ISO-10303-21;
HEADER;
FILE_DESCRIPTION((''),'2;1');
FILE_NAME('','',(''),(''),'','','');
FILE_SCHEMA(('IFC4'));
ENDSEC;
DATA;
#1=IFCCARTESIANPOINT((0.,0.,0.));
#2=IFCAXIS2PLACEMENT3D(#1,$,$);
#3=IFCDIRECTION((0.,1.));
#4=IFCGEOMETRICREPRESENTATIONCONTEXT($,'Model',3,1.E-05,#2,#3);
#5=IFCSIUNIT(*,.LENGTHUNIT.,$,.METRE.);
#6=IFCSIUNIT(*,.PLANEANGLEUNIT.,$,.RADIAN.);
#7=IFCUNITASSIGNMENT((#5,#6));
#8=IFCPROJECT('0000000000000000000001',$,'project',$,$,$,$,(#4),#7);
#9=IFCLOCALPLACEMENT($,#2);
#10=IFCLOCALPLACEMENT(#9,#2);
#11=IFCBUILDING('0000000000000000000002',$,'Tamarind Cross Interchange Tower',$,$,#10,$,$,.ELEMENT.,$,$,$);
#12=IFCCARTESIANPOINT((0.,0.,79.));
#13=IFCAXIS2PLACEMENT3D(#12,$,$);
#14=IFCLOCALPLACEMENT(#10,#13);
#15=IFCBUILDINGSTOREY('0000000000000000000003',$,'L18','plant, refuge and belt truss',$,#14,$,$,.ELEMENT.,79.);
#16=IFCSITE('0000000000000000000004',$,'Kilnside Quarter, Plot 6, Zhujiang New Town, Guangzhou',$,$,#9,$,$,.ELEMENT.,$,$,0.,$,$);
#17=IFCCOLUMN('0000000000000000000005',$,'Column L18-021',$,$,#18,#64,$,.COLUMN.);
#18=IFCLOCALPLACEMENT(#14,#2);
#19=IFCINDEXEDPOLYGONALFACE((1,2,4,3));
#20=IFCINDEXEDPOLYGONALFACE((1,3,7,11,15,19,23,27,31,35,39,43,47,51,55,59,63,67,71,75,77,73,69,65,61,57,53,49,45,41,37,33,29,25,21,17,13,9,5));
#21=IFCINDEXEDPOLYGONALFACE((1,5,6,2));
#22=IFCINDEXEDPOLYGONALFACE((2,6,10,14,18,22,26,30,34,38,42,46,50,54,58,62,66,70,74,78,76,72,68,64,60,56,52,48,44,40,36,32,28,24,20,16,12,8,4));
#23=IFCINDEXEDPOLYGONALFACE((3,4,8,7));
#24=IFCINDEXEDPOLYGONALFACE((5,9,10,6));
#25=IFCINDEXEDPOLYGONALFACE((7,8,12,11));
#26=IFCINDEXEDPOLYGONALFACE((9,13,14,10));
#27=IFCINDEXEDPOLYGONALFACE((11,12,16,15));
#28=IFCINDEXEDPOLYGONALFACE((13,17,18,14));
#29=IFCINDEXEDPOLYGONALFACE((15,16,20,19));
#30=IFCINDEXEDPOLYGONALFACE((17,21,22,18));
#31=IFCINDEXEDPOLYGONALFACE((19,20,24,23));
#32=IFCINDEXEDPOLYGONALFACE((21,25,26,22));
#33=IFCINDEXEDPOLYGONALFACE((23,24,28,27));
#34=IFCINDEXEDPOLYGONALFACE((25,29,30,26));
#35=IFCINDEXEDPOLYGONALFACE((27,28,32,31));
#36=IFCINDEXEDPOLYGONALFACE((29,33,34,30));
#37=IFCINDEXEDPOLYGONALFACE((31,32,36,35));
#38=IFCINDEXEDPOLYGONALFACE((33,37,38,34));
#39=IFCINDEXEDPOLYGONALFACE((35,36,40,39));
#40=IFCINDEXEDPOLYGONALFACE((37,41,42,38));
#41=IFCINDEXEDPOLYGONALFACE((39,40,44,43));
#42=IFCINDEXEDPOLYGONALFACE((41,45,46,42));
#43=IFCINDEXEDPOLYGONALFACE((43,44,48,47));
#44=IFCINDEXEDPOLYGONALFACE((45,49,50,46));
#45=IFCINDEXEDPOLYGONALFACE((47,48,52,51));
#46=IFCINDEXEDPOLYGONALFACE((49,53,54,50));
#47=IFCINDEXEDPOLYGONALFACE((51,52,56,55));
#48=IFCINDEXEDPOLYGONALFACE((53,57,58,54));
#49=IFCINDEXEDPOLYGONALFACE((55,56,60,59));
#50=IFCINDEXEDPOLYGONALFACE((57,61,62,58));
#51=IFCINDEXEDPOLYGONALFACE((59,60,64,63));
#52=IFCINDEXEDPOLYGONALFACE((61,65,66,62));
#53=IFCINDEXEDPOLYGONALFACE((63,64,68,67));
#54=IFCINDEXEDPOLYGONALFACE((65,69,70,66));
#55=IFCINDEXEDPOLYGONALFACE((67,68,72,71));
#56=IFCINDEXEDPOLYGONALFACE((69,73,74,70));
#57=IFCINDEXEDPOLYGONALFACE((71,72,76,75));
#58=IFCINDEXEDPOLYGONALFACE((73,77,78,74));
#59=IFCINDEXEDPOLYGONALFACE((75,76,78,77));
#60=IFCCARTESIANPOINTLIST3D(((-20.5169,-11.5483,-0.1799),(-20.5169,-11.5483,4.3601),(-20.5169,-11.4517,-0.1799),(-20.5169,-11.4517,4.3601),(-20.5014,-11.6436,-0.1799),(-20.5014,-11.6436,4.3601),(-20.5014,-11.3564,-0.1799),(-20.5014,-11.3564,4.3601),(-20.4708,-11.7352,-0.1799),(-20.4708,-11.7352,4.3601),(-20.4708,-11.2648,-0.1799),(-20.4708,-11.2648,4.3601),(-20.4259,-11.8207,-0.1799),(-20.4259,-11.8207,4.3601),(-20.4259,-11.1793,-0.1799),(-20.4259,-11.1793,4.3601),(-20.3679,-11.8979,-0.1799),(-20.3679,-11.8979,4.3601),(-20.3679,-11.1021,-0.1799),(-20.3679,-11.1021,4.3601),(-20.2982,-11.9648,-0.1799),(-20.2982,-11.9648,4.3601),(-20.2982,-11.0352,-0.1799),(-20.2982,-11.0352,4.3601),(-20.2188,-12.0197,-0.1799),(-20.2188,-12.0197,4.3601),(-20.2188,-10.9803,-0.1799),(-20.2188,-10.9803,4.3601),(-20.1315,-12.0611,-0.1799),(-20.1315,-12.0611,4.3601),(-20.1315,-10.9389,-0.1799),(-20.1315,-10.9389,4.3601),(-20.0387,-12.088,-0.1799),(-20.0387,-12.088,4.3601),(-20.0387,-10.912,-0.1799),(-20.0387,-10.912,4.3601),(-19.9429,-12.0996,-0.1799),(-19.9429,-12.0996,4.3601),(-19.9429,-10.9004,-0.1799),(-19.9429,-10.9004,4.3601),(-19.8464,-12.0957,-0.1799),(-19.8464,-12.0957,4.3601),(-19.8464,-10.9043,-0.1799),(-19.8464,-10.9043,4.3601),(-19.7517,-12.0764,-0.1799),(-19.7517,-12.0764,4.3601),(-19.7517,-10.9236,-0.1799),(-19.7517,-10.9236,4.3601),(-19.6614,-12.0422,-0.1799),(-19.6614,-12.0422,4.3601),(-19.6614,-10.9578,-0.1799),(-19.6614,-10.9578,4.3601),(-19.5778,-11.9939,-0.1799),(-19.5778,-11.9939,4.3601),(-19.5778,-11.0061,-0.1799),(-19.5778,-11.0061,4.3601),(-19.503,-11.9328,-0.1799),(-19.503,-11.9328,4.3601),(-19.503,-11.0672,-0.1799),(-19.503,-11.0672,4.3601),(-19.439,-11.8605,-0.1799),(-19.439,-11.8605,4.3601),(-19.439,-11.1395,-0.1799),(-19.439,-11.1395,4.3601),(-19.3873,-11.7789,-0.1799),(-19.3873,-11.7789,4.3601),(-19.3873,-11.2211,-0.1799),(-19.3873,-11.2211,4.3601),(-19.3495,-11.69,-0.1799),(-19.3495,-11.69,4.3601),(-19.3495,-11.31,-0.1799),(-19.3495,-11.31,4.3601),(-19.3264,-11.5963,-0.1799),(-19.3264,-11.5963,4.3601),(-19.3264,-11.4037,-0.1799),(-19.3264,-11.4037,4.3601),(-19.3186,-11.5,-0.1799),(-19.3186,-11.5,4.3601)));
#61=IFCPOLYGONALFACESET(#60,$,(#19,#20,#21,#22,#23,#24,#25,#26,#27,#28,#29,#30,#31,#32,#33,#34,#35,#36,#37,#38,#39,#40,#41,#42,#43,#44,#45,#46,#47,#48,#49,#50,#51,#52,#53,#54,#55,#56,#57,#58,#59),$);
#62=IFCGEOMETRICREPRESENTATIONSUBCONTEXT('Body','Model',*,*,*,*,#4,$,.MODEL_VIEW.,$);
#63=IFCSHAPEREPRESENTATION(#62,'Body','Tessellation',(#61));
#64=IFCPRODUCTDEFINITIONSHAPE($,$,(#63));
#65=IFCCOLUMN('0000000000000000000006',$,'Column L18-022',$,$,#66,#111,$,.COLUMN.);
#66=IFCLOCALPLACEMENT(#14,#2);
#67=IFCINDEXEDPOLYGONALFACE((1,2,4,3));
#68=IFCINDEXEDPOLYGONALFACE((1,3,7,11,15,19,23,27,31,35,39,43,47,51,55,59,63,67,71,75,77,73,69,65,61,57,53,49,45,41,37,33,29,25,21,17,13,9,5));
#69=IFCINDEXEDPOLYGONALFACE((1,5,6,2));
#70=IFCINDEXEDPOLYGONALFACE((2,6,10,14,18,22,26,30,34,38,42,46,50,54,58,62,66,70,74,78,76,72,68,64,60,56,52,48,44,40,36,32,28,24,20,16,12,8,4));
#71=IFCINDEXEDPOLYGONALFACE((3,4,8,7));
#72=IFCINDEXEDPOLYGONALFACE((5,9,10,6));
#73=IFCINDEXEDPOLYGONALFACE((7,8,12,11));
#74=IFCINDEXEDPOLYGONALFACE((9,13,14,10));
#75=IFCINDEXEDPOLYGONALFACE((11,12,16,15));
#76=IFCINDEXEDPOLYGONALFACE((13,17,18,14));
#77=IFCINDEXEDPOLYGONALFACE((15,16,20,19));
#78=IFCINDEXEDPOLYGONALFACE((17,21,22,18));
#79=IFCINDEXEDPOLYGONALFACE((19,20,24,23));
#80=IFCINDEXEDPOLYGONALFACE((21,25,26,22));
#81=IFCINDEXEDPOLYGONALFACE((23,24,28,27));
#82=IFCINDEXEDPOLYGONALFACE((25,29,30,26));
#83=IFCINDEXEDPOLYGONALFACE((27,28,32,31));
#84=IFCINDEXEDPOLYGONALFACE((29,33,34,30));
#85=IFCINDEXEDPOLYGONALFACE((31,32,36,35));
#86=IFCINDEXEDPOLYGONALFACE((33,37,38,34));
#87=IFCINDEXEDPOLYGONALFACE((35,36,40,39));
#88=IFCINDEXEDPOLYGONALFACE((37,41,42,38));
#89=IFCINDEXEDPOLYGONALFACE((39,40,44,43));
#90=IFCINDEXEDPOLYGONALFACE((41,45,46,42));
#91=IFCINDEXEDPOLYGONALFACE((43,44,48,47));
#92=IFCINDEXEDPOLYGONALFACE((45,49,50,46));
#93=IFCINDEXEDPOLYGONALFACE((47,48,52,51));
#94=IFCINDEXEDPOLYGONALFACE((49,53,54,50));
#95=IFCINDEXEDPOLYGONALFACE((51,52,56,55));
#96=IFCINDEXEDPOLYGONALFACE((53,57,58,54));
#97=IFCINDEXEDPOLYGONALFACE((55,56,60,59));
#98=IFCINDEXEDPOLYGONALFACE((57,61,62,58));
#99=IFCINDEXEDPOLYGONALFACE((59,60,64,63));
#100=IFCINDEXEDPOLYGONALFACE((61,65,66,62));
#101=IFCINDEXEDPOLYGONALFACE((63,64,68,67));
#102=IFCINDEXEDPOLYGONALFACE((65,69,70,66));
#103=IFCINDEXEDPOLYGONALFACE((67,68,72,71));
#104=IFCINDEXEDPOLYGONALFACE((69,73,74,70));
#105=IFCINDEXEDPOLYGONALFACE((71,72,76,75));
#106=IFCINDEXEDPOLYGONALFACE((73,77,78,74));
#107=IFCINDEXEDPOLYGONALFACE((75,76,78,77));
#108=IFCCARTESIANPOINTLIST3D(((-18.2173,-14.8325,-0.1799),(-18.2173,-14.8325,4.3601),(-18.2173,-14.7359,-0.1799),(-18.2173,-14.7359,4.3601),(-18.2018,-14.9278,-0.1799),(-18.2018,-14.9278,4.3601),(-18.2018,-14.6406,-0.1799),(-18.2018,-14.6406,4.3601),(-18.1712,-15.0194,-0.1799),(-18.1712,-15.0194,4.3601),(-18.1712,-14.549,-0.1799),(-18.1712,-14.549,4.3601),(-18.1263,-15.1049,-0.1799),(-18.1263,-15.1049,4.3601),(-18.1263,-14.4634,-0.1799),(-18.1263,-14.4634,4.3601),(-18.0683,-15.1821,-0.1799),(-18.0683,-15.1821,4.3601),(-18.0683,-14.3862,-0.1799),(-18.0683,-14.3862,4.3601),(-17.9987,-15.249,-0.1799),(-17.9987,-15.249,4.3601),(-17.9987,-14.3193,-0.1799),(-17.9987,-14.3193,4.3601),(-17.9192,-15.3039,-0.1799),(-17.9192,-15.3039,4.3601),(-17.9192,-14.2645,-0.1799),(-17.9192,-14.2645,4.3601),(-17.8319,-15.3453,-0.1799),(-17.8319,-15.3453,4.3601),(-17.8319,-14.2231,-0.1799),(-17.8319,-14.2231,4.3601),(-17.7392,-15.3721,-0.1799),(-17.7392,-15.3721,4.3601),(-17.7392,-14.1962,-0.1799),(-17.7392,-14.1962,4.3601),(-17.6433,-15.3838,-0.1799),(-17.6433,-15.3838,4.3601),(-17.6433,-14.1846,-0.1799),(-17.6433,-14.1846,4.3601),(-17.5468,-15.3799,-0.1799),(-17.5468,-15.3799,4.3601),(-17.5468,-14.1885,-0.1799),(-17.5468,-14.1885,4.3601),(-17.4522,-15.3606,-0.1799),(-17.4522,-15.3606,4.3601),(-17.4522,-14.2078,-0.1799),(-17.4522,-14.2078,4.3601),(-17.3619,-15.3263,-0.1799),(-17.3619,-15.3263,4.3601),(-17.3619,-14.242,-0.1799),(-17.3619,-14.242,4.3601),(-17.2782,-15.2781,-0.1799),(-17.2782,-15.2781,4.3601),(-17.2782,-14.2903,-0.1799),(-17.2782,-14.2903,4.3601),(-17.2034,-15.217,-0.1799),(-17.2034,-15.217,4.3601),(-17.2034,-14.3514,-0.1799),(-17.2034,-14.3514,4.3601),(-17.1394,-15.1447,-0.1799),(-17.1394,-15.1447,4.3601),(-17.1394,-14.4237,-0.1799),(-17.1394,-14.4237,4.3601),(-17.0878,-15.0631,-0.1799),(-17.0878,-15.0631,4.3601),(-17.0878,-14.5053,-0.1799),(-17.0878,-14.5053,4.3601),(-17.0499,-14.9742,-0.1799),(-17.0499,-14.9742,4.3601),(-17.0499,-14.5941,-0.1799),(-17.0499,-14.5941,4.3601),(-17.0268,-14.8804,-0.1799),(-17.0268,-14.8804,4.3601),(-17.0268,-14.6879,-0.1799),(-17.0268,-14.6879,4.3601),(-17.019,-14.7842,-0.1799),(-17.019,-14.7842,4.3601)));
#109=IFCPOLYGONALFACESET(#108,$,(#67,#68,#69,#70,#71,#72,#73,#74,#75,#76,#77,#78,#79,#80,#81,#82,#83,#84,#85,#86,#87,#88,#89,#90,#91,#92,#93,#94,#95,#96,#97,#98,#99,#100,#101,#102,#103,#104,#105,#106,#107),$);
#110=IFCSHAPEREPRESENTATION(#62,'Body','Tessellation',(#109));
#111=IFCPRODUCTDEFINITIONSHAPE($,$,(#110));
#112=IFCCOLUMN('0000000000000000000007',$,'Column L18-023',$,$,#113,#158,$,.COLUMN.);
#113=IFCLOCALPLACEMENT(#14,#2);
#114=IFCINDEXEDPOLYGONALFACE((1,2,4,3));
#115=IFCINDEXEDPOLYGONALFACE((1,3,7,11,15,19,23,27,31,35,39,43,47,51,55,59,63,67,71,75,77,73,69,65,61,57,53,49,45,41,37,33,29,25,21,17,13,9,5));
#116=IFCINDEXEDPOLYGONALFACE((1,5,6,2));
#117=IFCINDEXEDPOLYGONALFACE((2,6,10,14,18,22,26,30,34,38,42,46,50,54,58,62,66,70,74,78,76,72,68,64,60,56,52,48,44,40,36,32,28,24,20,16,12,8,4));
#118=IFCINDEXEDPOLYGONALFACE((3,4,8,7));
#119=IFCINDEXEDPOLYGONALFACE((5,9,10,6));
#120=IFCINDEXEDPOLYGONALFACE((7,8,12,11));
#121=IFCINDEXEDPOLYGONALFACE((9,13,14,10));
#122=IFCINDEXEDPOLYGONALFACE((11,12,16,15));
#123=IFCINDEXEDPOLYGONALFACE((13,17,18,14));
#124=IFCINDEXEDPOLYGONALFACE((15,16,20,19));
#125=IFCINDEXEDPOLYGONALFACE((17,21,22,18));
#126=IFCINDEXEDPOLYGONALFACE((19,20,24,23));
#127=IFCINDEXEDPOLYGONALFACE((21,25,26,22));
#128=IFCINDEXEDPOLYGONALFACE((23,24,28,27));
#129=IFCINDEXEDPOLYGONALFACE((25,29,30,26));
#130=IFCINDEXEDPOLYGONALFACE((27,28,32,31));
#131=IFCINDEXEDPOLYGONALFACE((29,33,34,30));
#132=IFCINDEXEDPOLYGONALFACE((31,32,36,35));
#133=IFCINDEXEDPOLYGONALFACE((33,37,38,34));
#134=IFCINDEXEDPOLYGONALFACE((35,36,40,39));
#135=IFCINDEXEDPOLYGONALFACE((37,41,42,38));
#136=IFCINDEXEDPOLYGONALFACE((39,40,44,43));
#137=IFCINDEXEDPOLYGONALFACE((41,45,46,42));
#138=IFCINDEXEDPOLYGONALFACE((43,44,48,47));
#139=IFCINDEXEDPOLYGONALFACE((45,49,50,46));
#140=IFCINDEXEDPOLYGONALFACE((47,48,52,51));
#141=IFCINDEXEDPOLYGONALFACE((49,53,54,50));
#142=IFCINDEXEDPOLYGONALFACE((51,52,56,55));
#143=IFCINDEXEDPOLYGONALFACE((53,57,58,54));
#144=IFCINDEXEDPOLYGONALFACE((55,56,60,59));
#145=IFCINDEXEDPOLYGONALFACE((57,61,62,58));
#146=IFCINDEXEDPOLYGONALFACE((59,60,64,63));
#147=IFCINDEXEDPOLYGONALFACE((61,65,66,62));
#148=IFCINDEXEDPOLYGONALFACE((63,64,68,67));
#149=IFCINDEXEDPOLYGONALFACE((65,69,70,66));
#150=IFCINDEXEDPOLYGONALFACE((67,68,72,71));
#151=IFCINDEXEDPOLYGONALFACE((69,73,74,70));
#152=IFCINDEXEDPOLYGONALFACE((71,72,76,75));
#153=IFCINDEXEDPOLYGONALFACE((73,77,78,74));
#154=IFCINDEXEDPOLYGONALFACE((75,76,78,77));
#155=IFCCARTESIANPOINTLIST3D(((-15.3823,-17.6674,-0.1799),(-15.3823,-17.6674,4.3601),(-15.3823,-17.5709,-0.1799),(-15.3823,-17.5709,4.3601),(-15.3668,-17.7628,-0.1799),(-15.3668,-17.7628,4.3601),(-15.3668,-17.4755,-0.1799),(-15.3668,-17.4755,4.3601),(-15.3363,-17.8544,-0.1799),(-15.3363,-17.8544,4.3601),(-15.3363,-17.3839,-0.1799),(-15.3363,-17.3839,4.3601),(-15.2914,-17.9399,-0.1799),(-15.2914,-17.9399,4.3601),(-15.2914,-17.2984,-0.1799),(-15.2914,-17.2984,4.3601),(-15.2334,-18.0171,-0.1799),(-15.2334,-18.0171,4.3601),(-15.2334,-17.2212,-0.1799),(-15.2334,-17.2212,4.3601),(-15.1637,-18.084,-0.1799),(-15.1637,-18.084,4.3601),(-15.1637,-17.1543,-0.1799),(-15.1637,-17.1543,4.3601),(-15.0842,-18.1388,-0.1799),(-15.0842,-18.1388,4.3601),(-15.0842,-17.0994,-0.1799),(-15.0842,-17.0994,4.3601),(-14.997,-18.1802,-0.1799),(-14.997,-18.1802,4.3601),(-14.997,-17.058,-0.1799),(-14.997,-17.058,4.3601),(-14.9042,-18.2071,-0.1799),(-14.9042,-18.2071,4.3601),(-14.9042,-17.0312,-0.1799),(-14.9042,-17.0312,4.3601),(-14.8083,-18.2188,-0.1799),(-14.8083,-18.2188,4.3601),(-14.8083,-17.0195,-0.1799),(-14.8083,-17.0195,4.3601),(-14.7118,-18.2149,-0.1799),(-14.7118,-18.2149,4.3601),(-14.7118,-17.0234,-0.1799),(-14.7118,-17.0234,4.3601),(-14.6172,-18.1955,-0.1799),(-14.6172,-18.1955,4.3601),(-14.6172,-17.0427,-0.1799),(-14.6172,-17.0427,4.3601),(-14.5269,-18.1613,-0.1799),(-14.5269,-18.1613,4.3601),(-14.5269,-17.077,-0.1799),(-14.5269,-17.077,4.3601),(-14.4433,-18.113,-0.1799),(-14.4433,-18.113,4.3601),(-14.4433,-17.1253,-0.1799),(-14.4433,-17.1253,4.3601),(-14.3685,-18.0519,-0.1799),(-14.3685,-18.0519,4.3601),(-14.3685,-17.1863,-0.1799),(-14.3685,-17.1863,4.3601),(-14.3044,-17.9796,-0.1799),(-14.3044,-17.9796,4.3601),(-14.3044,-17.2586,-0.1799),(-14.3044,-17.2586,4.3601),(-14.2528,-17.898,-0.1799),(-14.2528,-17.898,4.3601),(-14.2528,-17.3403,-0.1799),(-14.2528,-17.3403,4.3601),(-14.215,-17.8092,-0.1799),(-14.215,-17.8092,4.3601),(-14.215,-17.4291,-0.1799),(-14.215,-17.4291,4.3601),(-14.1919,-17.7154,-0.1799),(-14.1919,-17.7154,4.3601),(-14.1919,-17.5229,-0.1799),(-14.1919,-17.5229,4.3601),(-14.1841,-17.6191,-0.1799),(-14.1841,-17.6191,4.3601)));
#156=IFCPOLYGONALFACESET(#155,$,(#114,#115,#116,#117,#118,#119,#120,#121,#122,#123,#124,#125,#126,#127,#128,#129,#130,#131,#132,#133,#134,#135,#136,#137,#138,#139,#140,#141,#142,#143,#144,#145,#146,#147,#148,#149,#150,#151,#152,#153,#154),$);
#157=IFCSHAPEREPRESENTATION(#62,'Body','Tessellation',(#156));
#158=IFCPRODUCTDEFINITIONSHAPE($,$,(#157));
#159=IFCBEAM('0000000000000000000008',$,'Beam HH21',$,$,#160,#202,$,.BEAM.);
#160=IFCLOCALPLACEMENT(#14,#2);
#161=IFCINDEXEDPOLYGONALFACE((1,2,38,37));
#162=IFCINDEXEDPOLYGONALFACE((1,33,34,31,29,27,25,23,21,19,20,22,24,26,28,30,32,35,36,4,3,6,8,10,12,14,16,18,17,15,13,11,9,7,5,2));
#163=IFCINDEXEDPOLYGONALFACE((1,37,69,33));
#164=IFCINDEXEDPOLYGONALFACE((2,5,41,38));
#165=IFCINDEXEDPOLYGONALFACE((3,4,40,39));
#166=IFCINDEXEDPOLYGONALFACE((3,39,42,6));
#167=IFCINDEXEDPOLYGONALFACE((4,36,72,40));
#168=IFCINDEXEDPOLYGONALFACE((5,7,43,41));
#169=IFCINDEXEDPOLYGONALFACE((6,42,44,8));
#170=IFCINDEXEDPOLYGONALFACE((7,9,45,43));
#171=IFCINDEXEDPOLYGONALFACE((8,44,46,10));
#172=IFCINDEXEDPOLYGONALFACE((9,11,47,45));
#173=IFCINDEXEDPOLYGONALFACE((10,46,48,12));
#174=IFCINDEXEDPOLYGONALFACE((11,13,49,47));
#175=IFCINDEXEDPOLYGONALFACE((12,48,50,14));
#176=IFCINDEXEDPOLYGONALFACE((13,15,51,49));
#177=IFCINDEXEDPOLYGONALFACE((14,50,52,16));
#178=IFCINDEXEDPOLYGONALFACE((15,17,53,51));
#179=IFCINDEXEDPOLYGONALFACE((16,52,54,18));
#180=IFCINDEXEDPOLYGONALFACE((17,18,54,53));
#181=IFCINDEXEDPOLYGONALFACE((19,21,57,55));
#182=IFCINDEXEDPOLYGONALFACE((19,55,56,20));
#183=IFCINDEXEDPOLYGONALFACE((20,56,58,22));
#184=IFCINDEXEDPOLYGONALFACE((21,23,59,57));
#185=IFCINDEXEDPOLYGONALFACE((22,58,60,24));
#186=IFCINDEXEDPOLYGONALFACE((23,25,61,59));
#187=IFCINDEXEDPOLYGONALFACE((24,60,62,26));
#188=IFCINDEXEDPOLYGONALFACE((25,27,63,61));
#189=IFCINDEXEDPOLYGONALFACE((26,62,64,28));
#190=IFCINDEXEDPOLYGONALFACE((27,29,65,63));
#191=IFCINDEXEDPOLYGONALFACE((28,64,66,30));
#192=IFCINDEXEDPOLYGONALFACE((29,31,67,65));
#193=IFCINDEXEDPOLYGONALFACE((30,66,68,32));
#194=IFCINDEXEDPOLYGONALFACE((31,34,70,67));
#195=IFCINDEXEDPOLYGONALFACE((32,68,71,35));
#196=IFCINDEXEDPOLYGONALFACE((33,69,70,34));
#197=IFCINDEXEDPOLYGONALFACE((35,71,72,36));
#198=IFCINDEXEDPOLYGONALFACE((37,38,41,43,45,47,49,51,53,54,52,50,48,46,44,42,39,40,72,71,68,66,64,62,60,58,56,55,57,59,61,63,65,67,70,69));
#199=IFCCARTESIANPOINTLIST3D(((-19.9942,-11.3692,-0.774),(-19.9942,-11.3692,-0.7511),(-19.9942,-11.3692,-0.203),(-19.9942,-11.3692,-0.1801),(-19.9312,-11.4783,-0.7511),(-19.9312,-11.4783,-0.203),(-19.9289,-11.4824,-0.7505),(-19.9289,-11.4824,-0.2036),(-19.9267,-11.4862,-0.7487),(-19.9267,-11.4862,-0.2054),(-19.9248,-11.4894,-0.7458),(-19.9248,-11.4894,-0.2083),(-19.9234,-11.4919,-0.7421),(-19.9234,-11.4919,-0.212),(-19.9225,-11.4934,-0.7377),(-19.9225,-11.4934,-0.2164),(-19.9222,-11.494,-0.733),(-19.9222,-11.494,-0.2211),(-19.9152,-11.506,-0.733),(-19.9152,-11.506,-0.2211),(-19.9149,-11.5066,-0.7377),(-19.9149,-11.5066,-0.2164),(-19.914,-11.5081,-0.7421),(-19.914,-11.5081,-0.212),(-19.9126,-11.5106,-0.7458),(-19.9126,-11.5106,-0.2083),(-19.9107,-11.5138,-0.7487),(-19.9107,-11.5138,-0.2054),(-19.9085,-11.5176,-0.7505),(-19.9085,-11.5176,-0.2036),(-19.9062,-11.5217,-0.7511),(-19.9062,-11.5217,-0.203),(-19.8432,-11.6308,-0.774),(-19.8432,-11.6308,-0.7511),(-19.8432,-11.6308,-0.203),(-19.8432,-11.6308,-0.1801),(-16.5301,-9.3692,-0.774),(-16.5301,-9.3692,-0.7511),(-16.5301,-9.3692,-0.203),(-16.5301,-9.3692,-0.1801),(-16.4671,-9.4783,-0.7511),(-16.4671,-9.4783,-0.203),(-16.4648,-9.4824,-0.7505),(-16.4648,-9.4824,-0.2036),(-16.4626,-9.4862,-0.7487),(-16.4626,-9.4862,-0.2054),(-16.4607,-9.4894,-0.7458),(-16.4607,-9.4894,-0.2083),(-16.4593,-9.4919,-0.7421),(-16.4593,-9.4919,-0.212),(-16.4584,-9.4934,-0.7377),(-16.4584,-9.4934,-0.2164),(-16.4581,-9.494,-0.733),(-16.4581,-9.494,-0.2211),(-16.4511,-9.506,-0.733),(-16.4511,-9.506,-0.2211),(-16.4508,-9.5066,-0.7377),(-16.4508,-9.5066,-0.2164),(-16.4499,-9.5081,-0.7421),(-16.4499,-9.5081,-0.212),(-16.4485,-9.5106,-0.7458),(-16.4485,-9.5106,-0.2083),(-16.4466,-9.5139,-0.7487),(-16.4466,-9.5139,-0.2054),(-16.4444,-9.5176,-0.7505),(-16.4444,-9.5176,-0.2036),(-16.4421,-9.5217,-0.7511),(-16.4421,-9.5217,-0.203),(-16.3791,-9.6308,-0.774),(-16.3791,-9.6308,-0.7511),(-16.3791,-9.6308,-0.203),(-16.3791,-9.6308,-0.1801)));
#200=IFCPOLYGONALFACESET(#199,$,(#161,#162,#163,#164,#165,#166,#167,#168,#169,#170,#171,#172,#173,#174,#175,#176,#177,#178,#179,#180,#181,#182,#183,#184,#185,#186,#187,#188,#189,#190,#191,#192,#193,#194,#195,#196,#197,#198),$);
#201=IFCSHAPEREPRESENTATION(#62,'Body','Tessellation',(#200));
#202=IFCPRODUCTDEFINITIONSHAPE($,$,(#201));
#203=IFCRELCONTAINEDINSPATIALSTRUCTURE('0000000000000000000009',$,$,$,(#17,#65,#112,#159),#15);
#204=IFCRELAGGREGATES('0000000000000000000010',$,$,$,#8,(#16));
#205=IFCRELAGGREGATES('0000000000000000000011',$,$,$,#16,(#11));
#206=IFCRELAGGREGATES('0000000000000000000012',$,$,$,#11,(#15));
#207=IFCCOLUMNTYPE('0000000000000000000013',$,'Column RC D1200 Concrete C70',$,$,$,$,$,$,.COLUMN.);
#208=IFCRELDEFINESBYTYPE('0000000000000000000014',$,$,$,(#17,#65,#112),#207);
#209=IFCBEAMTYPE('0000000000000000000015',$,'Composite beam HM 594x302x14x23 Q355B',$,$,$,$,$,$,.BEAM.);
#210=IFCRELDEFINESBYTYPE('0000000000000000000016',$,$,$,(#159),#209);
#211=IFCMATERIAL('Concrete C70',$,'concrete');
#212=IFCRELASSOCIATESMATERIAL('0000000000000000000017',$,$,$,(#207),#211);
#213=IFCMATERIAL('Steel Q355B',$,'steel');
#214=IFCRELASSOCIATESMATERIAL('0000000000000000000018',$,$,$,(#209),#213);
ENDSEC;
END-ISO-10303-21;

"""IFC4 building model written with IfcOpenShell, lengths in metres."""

from ifc_helpers import new_model, si_unit, direction, frame, origin, origin_2d, place, context, subcontext, project, spatial, circle, i_section, extrude, material, material_profile, profile_set, type_object, element, save


model = new_model("IFC4")

# Units and contexts
model_context = context("Model", 3, precision=1e-05, world=origin(), true_north=direction((0.0, 1.0)))
body_context = subcontext(model_context, "Body", "Model", "MODEL_VIEW")
ifc_project = project(units=[si_unit("LENGTHUNIT", "METRE"), si_unit("PLANEANGLEUNIT", "RADIAN")], contexts=[model_context])

# Site, building, storey
site_placement = place(None, origin())
site = spatial("IfcSite", under=ifc_project, at=site_placement, Name="Kilnside Quarter, Plot 6, Zhujiang New Town, Guangzhou", CompositionType="ELEMENT", RefElevation=0.0)
building_placement = place(site_placement, origin())
building = spatial("IfcBuilding", under=site, at=building_placement, Name="Tamarind Cross Interchange Tower", CompositionType="ELEMENT")
storey_placement = place(building_placement, frame((0.0, 0.0, 79.0)))
storey = spatial("IfcBuildingStorey", under=building, at=storey_placement, Name="L18", Description="plant, refuge and belt truss", CompositionType="ELEMENT", Elevation=79.0)

# Columns
ifc_material_1 = material(Name="Concrete C70", Category="concrete")
ifc_material_profile_1 = material_profile(ifc_material_1, circle(Radius=0.6001, at=origin_2d()), Name="RC D1200")
ifc_profile_set_1 = profile_set([ifc_material_profile_1], Name="Concrete C70")
column_type = type_object("IfcColumnType", Name="Column RC D1200 Concrete C70", PredefinedType="COLUMN", material=ifc_profile_set_1)
for number, where, z_axis, x_axis, name in (
    (1, (-19.9187, -11.5, -0.1799), (0.0, 0.0, 1.0), (1.0, 0.0, 0.0), "Column L18-021"),
    (2, (-17.6191, -14.7842, -0.1799), (0.0, 0.0, 1.0), (1.0, 0.0, 0.0), "Column L18-022"),
    (3, (-14.7842, -17.6191, -0.1799), (0.0, 0.0, 1.0), (1.0, 0.0, 0.0), "Column L18-023"),
):
    element("IfcColumn", number, at=place(storey_placement, frame(where, z_axis=z_axis, x_axis=x_axis)), inside=storey, type_object=column_type, Name=name, PredefinedType="COLUMN", context=body_context, shape_type="SweptSolid", body=[
        extrude(circle(Radius=0.6001, at=origin_2d()), origin(), (0.0, 0.0, 1.0), 4.54),
    ])

# Beam
ifc_material_2 = material(Name="Steel Q355B", Category="steel")
ifc_material_profile_2 = material_profile(ifc_material_2, i_section(OverallWidth=0.302, OverallDepth=0.594, WebThickness=0.0139, FlangeThickness=0.0229, FilletRadius=0.0181, at=origin_2d()), Name="HM 594x302x14x23")
ifc_profile_set_2 = profile_set([ifc_material_profile_2], Name="Steel Q355B")
beam_type = type_object("IfcBeamType", Name="Composite beam HM 594x302x14x23 Q355B", PredefinedType="BEAM", material=ifc_profile_set_2)
beam_1_placement = place(storey_placement, frame((-19.9187, -11.5, -0.4771), z_axis=(0.866026, 0.499999, 0.0), x_axis=(-0.499999, 0.866026, 0.0)))
element("IfcBeam", 4, at=beam_1_placement, inside=storey, type_object=beam_type, Name="Beam HH21", PredefinedType="BEAM", context=body_context, shape_type="SweptSolid", body=[
    extrude(i_section(OverallWidth=0.302, OverallDepth=0.594, WebThickness=0.0139, FlangeThickness=0.0229, FilletRadius=0.0181, at=origin_2d()), origin(), (0.0, 0.0, 1.0), 4.0),
])

save(model, "model.ifc")
